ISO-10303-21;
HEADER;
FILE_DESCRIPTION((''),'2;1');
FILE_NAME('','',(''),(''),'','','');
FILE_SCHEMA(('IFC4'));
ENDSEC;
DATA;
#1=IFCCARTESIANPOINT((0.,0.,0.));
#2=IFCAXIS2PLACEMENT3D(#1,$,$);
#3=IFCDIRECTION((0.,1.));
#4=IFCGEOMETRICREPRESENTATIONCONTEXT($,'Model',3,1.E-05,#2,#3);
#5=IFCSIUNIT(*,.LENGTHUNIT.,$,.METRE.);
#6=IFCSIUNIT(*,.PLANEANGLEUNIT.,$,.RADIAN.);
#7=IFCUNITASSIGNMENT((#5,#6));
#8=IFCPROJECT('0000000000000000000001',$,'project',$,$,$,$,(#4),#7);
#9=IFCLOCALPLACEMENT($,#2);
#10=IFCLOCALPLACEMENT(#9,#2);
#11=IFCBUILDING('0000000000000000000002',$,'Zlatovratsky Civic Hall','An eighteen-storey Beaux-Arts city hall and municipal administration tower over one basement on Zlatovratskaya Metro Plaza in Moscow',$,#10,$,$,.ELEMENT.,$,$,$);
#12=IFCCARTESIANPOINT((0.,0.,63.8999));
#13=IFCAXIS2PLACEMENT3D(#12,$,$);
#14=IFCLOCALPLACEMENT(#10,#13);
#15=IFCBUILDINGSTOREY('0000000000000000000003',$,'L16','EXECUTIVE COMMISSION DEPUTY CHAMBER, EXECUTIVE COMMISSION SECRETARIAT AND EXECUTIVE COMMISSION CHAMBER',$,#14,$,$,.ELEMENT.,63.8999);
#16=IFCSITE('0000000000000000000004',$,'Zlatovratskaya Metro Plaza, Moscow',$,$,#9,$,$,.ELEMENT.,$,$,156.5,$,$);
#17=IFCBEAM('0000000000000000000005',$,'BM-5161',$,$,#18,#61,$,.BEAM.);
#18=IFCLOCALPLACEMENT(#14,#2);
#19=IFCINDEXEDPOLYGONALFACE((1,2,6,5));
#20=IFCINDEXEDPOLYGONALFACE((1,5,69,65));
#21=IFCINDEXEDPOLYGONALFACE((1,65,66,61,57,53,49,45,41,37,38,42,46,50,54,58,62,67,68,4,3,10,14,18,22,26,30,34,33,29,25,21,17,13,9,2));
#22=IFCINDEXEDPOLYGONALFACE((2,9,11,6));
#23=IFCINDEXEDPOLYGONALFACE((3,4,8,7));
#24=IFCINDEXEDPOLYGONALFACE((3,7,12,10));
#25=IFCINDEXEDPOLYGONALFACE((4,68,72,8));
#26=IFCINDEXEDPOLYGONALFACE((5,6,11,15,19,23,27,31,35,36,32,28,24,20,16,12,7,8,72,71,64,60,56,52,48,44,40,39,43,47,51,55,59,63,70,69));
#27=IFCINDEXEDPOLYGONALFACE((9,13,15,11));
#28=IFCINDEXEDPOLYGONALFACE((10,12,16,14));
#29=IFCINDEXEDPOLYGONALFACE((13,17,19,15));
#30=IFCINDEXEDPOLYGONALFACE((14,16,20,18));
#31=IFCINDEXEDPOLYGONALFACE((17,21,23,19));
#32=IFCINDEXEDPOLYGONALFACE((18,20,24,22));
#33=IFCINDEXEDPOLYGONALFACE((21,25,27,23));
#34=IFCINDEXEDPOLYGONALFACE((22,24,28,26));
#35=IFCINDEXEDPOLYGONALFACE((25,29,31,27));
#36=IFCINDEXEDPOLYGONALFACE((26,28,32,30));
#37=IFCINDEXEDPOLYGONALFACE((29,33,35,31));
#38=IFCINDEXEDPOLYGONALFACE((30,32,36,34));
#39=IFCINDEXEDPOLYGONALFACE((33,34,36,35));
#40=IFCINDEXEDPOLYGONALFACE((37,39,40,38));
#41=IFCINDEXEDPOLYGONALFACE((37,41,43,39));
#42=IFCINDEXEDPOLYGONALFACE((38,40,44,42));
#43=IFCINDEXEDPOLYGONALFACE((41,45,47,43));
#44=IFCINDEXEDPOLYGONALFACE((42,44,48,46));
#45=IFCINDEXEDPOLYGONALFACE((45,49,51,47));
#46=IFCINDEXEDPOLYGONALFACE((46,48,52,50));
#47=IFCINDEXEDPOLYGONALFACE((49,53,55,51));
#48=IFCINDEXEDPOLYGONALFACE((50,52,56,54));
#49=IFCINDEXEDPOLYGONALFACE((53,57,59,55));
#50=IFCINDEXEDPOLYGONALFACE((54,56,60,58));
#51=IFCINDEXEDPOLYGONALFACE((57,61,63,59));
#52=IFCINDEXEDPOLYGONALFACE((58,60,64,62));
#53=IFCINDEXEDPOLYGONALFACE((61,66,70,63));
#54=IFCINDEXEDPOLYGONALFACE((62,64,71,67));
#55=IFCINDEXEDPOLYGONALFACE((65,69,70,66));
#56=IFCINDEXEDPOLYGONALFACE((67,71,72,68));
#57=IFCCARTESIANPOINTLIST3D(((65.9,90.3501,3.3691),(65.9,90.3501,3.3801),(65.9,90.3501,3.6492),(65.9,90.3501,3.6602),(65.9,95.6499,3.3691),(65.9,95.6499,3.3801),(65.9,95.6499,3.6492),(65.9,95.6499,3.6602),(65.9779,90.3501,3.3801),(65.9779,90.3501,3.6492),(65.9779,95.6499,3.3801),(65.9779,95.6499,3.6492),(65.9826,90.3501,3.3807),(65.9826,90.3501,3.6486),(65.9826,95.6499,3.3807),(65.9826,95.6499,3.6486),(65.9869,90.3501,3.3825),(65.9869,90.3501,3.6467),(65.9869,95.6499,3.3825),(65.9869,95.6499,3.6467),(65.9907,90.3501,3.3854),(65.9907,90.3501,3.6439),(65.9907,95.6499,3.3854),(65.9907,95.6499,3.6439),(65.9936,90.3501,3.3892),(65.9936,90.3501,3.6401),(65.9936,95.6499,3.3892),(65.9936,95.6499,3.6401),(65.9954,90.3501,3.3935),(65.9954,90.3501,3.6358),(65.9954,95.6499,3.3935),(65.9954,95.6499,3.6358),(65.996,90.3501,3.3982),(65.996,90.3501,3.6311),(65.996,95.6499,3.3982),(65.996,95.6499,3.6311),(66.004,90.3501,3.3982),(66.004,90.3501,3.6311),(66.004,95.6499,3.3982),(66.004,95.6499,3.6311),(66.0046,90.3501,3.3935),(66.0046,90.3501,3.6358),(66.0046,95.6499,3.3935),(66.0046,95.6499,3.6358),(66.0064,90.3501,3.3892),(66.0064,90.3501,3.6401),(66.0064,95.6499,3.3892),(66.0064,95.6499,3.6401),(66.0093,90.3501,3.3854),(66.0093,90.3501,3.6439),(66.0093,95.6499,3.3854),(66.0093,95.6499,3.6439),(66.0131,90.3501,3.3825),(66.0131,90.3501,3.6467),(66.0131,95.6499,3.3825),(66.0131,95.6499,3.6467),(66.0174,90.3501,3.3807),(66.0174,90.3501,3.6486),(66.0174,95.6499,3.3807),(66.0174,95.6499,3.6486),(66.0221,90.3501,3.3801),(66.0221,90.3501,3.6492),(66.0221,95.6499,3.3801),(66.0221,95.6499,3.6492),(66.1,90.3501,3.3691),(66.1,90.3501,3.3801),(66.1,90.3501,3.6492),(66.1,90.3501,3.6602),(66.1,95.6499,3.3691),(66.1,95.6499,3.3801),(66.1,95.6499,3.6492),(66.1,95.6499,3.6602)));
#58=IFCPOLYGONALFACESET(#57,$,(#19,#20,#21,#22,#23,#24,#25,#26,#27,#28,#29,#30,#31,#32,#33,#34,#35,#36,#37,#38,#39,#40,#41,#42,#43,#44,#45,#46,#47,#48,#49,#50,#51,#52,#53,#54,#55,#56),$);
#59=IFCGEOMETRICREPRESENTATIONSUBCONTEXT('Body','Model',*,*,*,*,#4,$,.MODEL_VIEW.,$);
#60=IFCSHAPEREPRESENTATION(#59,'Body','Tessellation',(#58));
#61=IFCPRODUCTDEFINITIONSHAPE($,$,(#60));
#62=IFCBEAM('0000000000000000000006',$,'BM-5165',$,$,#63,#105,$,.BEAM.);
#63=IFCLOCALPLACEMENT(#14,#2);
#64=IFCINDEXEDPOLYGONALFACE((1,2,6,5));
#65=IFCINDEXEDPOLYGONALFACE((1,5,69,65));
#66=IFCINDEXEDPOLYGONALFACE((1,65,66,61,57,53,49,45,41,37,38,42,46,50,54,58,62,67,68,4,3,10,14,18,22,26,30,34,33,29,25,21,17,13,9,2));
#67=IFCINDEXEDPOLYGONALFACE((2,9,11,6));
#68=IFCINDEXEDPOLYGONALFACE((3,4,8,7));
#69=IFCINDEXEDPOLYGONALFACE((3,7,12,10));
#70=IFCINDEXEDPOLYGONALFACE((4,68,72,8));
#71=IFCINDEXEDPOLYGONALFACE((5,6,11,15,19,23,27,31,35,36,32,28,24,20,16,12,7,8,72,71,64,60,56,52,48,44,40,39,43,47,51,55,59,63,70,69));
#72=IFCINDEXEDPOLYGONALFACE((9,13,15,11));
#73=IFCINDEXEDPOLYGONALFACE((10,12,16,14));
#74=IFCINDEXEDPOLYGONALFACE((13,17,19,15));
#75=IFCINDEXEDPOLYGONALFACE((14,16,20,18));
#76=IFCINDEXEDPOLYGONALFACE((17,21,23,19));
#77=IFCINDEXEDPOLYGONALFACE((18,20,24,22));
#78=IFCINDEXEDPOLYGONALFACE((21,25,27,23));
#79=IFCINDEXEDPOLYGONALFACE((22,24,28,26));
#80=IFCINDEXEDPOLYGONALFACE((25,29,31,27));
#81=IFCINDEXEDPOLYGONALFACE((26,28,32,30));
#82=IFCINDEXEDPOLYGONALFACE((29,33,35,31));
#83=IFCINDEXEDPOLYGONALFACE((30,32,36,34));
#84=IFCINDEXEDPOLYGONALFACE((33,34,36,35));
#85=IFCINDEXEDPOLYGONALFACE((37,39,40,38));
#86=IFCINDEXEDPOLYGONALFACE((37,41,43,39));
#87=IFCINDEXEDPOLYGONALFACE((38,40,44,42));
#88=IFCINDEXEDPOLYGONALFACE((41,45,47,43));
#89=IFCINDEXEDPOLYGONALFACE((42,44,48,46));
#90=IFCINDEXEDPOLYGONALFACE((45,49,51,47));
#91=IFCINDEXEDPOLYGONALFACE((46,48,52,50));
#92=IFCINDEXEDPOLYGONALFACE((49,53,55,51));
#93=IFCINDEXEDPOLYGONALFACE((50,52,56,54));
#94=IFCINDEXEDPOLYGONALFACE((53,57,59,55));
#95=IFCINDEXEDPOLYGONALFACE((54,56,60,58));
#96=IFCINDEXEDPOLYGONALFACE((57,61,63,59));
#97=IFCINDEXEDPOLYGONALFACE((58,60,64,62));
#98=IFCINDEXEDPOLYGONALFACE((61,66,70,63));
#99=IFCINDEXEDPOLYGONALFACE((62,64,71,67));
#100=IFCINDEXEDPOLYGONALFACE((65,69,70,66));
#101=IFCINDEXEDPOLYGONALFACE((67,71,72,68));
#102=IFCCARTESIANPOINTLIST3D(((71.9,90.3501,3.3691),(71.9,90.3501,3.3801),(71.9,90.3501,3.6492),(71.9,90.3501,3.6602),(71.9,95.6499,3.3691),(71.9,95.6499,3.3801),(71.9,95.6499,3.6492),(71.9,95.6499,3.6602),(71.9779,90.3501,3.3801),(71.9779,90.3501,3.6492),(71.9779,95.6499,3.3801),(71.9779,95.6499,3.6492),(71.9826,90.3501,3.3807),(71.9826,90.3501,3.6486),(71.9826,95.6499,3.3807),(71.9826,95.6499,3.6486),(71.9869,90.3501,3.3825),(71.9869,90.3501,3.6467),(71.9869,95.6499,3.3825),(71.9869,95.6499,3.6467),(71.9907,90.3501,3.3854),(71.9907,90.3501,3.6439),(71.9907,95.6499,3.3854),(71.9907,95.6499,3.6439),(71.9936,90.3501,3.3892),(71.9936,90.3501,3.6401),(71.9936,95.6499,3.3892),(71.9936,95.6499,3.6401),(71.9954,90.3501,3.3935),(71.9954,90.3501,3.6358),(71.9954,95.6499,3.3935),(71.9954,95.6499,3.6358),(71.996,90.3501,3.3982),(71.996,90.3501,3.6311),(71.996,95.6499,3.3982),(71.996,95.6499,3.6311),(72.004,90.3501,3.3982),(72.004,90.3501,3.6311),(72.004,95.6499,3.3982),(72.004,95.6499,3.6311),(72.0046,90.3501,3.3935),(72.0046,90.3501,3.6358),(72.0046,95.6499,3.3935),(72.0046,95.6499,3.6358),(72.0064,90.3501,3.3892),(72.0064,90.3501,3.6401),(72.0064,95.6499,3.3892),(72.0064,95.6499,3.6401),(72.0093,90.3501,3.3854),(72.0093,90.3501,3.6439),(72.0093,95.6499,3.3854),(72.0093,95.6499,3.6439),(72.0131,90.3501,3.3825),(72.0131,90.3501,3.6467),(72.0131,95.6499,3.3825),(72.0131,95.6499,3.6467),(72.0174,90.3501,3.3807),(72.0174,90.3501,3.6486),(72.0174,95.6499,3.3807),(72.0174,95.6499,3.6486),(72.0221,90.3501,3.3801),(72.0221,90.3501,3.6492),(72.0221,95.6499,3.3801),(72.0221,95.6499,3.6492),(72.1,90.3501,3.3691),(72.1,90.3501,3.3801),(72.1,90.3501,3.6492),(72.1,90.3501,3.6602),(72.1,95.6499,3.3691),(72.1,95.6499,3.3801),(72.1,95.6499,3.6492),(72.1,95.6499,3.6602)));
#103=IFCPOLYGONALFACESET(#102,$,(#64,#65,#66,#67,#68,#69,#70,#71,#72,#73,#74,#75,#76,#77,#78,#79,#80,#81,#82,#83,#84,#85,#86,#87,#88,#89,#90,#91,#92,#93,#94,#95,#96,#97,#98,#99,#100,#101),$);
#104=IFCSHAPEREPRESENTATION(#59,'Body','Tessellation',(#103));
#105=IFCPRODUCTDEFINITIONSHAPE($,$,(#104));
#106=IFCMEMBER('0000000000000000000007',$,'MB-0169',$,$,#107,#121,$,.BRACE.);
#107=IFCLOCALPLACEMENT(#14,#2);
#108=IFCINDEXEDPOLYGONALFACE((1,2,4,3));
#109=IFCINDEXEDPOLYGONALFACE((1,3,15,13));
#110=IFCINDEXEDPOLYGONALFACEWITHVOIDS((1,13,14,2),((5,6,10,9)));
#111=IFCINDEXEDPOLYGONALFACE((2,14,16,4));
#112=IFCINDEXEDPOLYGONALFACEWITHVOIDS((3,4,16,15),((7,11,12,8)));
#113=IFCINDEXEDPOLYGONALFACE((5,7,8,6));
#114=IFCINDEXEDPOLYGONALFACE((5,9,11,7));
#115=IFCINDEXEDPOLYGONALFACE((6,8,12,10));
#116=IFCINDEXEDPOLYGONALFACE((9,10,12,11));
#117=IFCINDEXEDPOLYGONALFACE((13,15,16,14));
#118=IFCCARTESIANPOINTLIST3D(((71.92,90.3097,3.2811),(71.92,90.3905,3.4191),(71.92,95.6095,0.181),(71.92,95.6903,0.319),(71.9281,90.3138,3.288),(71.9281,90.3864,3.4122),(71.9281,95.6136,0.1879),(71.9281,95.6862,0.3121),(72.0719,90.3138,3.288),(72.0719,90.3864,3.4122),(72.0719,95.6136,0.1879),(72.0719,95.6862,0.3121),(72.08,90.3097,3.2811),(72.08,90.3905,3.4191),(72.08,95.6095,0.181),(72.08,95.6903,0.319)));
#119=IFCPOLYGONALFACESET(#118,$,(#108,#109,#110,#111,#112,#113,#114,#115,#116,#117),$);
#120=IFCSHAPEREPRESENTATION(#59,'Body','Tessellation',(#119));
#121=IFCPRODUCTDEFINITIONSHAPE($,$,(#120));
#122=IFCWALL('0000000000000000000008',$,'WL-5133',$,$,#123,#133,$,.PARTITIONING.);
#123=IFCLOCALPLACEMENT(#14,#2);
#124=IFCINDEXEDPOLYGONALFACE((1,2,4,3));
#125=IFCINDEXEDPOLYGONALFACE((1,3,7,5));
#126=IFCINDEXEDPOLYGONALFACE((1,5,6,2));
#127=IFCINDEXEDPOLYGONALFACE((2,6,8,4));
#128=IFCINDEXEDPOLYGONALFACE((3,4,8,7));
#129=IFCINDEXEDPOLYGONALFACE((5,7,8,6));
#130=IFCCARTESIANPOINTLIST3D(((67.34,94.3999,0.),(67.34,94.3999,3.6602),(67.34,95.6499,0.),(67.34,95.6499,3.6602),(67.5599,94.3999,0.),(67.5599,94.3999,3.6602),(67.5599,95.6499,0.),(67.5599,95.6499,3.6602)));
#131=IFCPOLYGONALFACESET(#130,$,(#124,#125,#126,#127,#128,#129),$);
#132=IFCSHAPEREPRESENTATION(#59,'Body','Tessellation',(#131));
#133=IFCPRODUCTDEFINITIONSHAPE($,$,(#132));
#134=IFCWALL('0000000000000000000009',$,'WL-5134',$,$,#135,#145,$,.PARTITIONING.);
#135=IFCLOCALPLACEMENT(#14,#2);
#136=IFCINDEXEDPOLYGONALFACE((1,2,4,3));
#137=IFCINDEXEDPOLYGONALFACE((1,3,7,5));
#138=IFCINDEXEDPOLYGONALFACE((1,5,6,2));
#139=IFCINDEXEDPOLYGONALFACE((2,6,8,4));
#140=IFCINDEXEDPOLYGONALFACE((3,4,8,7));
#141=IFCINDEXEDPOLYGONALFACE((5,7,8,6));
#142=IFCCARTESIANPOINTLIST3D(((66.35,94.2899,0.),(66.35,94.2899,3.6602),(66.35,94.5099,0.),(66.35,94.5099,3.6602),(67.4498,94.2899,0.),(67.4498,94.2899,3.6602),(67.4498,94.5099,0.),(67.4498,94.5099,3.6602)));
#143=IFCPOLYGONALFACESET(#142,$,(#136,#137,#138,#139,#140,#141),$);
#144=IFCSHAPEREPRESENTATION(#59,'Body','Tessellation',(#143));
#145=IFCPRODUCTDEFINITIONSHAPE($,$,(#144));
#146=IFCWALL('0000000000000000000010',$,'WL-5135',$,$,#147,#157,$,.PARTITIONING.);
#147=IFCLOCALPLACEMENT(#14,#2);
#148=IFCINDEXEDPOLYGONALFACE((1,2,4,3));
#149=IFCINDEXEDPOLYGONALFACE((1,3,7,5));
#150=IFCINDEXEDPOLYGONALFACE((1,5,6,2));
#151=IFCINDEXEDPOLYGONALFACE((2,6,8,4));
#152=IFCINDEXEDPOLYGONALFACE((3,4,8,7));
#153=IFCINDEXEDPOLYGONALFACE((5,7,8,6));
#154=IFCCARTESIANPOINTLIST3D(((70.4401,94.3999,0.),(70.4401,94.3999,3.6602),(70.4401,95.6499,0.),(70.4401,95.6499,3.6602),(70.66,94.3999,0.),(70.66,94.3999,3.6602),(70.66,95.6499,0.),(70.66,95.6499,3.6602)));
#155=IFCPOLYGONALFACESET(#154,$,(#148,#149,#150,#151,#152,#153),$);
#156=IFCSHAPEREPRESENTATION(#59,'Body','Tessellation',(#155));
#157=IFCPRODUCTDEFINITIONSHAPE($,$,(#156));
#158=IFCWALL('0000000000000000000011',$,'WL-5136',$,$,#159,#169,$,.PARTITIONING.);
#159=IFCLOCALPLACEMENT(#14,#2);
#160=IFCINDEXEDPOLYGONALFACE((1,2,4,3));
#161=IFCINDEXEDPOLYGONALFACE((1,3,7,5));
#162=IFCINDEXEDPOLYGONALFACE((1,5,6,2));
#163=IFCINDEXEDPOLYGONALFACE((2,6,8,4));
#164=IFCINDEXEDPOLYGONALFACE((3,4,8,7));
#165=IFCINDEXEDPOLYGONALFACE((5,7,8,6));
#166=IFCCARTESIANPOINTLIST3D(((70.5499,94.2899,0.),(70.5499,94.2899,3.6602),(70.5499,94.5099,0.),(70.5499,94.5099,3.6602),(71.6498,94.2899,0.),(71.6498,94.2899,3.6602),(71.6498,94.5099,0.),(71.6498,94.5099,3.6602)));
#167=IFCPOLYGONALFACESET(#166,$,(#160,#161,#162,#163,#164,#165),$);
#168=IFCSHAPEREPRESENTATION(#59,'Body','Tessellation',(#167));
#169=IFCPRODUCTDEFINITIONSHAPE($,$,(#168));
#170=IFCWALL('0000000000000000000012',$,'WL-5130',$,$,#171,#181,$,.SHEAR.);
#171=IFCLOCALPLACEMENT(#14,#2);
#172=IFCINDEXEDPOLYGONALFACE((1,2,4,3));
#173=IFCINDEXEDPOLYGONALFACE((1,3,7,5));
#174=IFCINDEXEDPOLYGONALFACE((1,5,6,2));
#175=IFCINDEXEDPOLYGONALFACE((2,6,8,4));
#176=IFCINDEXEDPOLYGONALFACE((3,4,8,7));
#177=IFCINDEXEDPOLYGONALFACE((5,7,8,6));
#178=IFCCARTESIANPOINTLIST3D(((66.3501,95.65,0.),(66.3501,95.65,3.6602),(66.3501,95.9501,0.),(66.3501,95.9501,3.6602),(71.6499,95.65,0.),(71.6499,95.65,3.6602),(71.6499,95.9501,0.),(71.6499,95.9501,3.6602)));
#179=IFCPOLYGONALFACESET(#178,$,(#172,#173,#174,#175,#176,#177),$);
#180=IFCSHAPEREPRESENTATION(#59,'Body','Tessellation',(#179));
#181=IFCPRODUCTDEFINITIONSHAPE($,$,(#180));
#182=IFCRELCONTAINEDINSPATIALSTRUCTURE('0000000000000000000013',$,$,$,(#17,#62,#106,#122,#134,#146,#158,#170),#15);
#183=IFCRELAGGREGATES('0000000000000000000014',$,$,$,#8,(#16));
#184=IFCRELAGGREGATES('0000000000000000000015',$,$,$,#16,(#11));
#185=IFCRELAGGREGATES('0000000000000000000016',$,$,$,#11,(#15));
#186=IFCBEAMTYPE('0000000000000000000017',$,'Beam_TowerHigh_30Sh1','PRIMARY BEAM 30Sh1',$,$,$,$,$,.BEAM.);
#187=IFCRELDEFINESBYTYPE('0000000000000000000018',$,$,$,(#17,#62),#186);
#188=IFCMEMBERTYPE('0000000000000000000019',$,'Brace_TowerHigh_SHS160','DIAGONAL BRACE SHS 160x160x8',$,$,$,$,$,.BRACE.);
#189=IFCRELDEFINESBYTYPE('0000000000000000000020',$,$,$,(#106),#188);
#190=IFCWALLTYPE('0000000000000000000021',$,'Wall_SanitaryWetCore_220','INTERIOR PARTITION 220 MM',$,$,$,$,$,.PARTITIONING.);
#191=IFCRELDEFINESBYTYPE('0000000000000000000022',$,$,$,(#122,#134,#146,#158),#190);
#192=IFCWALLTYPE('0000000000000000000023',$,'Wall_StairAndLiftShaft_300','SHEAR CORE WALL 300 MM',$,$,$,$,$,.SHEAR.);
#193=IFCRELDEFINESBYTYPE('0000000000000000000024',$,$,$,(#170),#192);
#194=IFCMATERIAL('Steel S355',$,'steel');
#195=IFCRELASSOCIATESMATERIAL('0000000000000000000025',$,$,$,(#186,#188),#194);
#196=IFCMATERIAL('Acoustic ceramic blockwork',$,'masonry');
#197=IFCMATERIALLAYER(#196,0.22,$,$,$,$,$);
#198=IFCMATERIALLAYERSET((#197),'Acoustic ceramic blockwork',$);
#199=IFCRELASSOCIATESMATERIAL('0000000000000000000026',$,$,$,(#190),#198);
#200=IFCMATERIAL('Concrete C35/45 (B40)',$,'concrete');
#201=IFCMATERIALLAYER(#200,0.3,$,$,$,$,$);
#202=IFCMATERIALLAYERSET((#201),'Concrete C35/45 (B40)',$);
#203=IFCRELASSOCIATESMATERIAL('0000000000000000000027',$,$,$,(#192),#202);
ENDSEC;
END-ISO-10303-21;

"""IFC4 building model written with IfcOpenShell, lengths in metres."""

from ifc_helpers import new_model, si_unit, direction, frame, frame_2d, origin, origin_2d, place, context, subcontext, project, spatial, rectangle, hollow_rectangle, i_section, extrude, material, layer, layer_set, material_profile, profile_set, type_object, element, save


model = new_model("IFC4")

# Units and contexts
model_context = context("Model", 3, precision=1e-05, world=origin(), true_north=direction((0.0, 1.0)))
body_context = subcontext(model_context, "Body", "Model", "MODEL_VIEW")
ifc_project = project(units=[si_unit("LENGTHUNIT", "METRE"), si_unit("PLANEANGLEUNIT", "RADIAN")], contexts=[model_context])

# Site, building, storey
site_placement = place(None, origin())
site = spatial("IfcSite", under=ifc_project, at=site_placement, Name="Zlatovratskaya Metro Plaza, Moscow", CompositionType="ELEMENT", RefElevation=156.5)
building_placement = place(site_placement, origin())
building = spatial("IfcBuilding", under=site, at=building_placement, Name="Zlatovratsky Civic Hall", Description="An eighteen-storey Beaux-Arts city hall and municipal administration tower over one basement on Zlatovratskaya Metro Plaza in Moscow", CompositionType="ELEMENT")
storey_placement = place(building_placement, frame((0.0, 0.0, 63.8999)))
storey = spatial("IfcBuildingStorey", under=building, at=storey_placement, Name="L16", Description="EXECUTIVE COMMISSION DEPUTY CHAMBER, EXECUTIVE COMMISSION SECRETARIAT AND EXECUTIVE COMMISSION CHAMBER", CompositionType="ELEMENT", Elevation=63.8999)

# Shared definitions
ifc_material_1 = material(Name="Concrete C35/45 (B40)", Category="concrete")

# Beams
ifc_material_2 = material(Name="Steel S355", Category="steel")
ifc_material_profile_1 = material_profile(ifc_material_2, i_section(OverallWidth=0.2, OverallDepth=0.291, WebThickness=0.0081, FlangeThickness=0.011, FilletRadius=0.0181, at=origin_2d()), Name="30Sh1")
ifc_profile_set_1 = profile_set([ifc_material_profile_1], Name="Steel S355")
beam_type_1 = type_object("IfcBeamType", Name="Beam_TowerHigh_30Sh1", Description="PRIMARY BEAM 30Sh1", PredefinedType="BEAM", material=ifc_profile_set_1)
for number, where, z_axis, x_axis, name in (
    (1, (66.0, 90.3501, 3.5146), (0.0, 1.0, 0.0), (-1.0, 0.0, 0.0), "BM-5161"),
    (2, (72.0, 90.3501, 3.5146), (0.0, 1.0, 0.0), (-1.0, 0.0, 0.0), "BM-5165"),
):
    element("IfcBeam", number, at=place(storey_placement, frame(where, z_axis=z_axis, x_axis=x_axis)), inside=storey, type_object=beam_type_1, Name=name, PredefinedType="BEAM", context=body_context, shape_type="SweptSolid", body=[
        extrude(i_section(OverallWidth=0.2, OverallDepth=0.291, WebThickness=0.0081, FlangeThickness=0.011, FilletRadius=0.0181, at=origin_2d()), origin(), (0.0, 0.0, 1.0), 5.2998),
    ])

# Member
ifc_material_profile_2 = material_profile(ifc_material_2, hollow_rectangle(XDim=0.1599, YDim=0.1599, WallThickness=0.0081, at=origin_2d()), Name="SHS 160x160x8")
ifc_profile_set_2 = profile_set([ifc_material_profile_2], Name="Steel S355")
member_type = type_object("IfcMemberType", Name="Brace_TowerHigh_SHS160", Description="DIAGONAL BRACE SHS 160x160x8", PredefinedType="BRACE", material=ifc_profile_set_2)
member_placement = place(storey_placement, frame((72.0, 90.3501, 3.3501), z_axis=(0.0, 0.863173, -0.504909), x_axis=(-1.0, 0.0, 0.0)))
element("IfcMember", 3, at=member_placement, inside=storey, type_object=member_type, Name="MB-0169", PredefinedType="BRACE", context=body_context, shape_type="SweptSolid", body=[
    extrude(hollow_rectangle(XDim=0.1599, YDim=0.1599, WallThickness=0.0081, at=origin_2d()), origin(), (0.0, 0.0, 1.0), 6.1399),
])

# Walls
ifc_material_3 = material(Name="Acoustic ceramic blockwork", Category="masonry")
ifc_layer_1 = layer(ifc_material_3, 0.22)
ifc_layer_set_1 = layer_set([ifc_layer_1], Name="Acoustic ceramic blockwork")
wall_type_1 = type_object("IfcWallType", Name="Wall_SanitaryWetCore_220", Description="INTERIOR PARTITION 220 MM", PredefinedType="PARTITIONING", material=ifc_layer_set_1)
wall_1_placement = place(storey_placement, frame((67.45, 94.3999, 0.0), z_axis=(0.0, 0.0, 1.0), x_axis=(0.0, 1.0, 0.0)))
element("IfcWall", 4, at=wall_1_placement, inside=storey, type_object=wall_type_1, Name="WL-5133", PredefinedType="PARTITIONING", context=body_context, shape_type="SweptSolid", body=[
    extrude(rectangle(XDim=1.25, YDim=0.22, at=frame_2d((0.625, 0.0))), origin(), (0.0, 0.0, 1.0), 3.6602),
])
wall_2_placement = place(storey_placement, frame((66.3501, 94.3999, 0.0), z_axis=(0.0, 0.0, 1.0), x_axis=(1.0, 0.0, 0.0)))
element("IfcWall", 5, at=wall_2_placement, inside=storey, type_object=wall_type_1, Name="WL-5134", PredefinedType="PARTITIONING", context=body_context, shape_type="SweptSolid", body=[
    extrude(rectangle(XDim=1.0999, YDim=0.22, at=frame_2d((0.5498, 0.0))), origin(), (0.0, 0.0, 1.0), 3.6602),
])
wall_3_placement = place(storey_placement, frame((70.55, 94.3999, 0.0), z_axis=(0.0, 0.0, 1.0), x_axis=(0.0, 1.0, 0.0)))
element("IfcWall", 6, at=wall_3_placement, inside=storey, type_object=wall_type_1, Name="WL-5135", PredefinedType="PARTITIONING", context=body_context, shape_type="SweptSolid", body=[
    extrude(rectangle(XDim=1.25, YDim=0.22, at=frame_2d((0.625, 0.0))), origin(), (0.0, 0.0, 1.0), 3.6602),
])
wall_4_placement = place(storey_placement, frame((70.55, 94.3999, 0.0), z_axis=(0.0, 0.0, 1.0), x_axis=(1.0, 0.0, 0.0)))
element("IfcWall", 7, at=wall_4_placement, inside=storey, type_object=wall_type_1, Name="WL-5136", PredefinedType="PARTITIONING", context=body_context, shape_type="SweptSolid", body=[
    extrude(rectangle(XDim=1.0999, YDim=0.22, at=frame_2d((0.5498, 0.0))), origin(), (0.0, 0.0, 1.0), 3.6602),
])
ifc_layer_2 = layer(ifc_material_1, 0.3)
ifc_layer_set_2 = layer_set([ifc_layer_2], Name="Concrete C35/45 (B40)")
wall_type_2 = type_object("IfcWallType", Name="Wall_StairAndLiftShaft_300", Description="SHEAR CORE WALL 300 MM", PredefinedType="SHEAR", material=ifc_layer_set_2)
wall_5_placement = place(storey_placement, frame((66.3501, 95.8, 0.0), z_axis=(0.0, 0.0, 1.0), x_axis=(1.0, 0.0, 0.0)))
element("IfcWall", 8, at=wall_5_placement, inside=storey, type_object=wall_type_2, Name="WL-5130", PredefinedType="SHEAR", context=body_context, shape_type="SweptSolid", body=[
    extrude(rectangle(XDim=5.2998, YDim=0.3, at=frame_2d((2.6499, 0.0))), origin(), (0.0, 0.0, 1.0), 3.6602),
])

save(model, "model.ifc")
